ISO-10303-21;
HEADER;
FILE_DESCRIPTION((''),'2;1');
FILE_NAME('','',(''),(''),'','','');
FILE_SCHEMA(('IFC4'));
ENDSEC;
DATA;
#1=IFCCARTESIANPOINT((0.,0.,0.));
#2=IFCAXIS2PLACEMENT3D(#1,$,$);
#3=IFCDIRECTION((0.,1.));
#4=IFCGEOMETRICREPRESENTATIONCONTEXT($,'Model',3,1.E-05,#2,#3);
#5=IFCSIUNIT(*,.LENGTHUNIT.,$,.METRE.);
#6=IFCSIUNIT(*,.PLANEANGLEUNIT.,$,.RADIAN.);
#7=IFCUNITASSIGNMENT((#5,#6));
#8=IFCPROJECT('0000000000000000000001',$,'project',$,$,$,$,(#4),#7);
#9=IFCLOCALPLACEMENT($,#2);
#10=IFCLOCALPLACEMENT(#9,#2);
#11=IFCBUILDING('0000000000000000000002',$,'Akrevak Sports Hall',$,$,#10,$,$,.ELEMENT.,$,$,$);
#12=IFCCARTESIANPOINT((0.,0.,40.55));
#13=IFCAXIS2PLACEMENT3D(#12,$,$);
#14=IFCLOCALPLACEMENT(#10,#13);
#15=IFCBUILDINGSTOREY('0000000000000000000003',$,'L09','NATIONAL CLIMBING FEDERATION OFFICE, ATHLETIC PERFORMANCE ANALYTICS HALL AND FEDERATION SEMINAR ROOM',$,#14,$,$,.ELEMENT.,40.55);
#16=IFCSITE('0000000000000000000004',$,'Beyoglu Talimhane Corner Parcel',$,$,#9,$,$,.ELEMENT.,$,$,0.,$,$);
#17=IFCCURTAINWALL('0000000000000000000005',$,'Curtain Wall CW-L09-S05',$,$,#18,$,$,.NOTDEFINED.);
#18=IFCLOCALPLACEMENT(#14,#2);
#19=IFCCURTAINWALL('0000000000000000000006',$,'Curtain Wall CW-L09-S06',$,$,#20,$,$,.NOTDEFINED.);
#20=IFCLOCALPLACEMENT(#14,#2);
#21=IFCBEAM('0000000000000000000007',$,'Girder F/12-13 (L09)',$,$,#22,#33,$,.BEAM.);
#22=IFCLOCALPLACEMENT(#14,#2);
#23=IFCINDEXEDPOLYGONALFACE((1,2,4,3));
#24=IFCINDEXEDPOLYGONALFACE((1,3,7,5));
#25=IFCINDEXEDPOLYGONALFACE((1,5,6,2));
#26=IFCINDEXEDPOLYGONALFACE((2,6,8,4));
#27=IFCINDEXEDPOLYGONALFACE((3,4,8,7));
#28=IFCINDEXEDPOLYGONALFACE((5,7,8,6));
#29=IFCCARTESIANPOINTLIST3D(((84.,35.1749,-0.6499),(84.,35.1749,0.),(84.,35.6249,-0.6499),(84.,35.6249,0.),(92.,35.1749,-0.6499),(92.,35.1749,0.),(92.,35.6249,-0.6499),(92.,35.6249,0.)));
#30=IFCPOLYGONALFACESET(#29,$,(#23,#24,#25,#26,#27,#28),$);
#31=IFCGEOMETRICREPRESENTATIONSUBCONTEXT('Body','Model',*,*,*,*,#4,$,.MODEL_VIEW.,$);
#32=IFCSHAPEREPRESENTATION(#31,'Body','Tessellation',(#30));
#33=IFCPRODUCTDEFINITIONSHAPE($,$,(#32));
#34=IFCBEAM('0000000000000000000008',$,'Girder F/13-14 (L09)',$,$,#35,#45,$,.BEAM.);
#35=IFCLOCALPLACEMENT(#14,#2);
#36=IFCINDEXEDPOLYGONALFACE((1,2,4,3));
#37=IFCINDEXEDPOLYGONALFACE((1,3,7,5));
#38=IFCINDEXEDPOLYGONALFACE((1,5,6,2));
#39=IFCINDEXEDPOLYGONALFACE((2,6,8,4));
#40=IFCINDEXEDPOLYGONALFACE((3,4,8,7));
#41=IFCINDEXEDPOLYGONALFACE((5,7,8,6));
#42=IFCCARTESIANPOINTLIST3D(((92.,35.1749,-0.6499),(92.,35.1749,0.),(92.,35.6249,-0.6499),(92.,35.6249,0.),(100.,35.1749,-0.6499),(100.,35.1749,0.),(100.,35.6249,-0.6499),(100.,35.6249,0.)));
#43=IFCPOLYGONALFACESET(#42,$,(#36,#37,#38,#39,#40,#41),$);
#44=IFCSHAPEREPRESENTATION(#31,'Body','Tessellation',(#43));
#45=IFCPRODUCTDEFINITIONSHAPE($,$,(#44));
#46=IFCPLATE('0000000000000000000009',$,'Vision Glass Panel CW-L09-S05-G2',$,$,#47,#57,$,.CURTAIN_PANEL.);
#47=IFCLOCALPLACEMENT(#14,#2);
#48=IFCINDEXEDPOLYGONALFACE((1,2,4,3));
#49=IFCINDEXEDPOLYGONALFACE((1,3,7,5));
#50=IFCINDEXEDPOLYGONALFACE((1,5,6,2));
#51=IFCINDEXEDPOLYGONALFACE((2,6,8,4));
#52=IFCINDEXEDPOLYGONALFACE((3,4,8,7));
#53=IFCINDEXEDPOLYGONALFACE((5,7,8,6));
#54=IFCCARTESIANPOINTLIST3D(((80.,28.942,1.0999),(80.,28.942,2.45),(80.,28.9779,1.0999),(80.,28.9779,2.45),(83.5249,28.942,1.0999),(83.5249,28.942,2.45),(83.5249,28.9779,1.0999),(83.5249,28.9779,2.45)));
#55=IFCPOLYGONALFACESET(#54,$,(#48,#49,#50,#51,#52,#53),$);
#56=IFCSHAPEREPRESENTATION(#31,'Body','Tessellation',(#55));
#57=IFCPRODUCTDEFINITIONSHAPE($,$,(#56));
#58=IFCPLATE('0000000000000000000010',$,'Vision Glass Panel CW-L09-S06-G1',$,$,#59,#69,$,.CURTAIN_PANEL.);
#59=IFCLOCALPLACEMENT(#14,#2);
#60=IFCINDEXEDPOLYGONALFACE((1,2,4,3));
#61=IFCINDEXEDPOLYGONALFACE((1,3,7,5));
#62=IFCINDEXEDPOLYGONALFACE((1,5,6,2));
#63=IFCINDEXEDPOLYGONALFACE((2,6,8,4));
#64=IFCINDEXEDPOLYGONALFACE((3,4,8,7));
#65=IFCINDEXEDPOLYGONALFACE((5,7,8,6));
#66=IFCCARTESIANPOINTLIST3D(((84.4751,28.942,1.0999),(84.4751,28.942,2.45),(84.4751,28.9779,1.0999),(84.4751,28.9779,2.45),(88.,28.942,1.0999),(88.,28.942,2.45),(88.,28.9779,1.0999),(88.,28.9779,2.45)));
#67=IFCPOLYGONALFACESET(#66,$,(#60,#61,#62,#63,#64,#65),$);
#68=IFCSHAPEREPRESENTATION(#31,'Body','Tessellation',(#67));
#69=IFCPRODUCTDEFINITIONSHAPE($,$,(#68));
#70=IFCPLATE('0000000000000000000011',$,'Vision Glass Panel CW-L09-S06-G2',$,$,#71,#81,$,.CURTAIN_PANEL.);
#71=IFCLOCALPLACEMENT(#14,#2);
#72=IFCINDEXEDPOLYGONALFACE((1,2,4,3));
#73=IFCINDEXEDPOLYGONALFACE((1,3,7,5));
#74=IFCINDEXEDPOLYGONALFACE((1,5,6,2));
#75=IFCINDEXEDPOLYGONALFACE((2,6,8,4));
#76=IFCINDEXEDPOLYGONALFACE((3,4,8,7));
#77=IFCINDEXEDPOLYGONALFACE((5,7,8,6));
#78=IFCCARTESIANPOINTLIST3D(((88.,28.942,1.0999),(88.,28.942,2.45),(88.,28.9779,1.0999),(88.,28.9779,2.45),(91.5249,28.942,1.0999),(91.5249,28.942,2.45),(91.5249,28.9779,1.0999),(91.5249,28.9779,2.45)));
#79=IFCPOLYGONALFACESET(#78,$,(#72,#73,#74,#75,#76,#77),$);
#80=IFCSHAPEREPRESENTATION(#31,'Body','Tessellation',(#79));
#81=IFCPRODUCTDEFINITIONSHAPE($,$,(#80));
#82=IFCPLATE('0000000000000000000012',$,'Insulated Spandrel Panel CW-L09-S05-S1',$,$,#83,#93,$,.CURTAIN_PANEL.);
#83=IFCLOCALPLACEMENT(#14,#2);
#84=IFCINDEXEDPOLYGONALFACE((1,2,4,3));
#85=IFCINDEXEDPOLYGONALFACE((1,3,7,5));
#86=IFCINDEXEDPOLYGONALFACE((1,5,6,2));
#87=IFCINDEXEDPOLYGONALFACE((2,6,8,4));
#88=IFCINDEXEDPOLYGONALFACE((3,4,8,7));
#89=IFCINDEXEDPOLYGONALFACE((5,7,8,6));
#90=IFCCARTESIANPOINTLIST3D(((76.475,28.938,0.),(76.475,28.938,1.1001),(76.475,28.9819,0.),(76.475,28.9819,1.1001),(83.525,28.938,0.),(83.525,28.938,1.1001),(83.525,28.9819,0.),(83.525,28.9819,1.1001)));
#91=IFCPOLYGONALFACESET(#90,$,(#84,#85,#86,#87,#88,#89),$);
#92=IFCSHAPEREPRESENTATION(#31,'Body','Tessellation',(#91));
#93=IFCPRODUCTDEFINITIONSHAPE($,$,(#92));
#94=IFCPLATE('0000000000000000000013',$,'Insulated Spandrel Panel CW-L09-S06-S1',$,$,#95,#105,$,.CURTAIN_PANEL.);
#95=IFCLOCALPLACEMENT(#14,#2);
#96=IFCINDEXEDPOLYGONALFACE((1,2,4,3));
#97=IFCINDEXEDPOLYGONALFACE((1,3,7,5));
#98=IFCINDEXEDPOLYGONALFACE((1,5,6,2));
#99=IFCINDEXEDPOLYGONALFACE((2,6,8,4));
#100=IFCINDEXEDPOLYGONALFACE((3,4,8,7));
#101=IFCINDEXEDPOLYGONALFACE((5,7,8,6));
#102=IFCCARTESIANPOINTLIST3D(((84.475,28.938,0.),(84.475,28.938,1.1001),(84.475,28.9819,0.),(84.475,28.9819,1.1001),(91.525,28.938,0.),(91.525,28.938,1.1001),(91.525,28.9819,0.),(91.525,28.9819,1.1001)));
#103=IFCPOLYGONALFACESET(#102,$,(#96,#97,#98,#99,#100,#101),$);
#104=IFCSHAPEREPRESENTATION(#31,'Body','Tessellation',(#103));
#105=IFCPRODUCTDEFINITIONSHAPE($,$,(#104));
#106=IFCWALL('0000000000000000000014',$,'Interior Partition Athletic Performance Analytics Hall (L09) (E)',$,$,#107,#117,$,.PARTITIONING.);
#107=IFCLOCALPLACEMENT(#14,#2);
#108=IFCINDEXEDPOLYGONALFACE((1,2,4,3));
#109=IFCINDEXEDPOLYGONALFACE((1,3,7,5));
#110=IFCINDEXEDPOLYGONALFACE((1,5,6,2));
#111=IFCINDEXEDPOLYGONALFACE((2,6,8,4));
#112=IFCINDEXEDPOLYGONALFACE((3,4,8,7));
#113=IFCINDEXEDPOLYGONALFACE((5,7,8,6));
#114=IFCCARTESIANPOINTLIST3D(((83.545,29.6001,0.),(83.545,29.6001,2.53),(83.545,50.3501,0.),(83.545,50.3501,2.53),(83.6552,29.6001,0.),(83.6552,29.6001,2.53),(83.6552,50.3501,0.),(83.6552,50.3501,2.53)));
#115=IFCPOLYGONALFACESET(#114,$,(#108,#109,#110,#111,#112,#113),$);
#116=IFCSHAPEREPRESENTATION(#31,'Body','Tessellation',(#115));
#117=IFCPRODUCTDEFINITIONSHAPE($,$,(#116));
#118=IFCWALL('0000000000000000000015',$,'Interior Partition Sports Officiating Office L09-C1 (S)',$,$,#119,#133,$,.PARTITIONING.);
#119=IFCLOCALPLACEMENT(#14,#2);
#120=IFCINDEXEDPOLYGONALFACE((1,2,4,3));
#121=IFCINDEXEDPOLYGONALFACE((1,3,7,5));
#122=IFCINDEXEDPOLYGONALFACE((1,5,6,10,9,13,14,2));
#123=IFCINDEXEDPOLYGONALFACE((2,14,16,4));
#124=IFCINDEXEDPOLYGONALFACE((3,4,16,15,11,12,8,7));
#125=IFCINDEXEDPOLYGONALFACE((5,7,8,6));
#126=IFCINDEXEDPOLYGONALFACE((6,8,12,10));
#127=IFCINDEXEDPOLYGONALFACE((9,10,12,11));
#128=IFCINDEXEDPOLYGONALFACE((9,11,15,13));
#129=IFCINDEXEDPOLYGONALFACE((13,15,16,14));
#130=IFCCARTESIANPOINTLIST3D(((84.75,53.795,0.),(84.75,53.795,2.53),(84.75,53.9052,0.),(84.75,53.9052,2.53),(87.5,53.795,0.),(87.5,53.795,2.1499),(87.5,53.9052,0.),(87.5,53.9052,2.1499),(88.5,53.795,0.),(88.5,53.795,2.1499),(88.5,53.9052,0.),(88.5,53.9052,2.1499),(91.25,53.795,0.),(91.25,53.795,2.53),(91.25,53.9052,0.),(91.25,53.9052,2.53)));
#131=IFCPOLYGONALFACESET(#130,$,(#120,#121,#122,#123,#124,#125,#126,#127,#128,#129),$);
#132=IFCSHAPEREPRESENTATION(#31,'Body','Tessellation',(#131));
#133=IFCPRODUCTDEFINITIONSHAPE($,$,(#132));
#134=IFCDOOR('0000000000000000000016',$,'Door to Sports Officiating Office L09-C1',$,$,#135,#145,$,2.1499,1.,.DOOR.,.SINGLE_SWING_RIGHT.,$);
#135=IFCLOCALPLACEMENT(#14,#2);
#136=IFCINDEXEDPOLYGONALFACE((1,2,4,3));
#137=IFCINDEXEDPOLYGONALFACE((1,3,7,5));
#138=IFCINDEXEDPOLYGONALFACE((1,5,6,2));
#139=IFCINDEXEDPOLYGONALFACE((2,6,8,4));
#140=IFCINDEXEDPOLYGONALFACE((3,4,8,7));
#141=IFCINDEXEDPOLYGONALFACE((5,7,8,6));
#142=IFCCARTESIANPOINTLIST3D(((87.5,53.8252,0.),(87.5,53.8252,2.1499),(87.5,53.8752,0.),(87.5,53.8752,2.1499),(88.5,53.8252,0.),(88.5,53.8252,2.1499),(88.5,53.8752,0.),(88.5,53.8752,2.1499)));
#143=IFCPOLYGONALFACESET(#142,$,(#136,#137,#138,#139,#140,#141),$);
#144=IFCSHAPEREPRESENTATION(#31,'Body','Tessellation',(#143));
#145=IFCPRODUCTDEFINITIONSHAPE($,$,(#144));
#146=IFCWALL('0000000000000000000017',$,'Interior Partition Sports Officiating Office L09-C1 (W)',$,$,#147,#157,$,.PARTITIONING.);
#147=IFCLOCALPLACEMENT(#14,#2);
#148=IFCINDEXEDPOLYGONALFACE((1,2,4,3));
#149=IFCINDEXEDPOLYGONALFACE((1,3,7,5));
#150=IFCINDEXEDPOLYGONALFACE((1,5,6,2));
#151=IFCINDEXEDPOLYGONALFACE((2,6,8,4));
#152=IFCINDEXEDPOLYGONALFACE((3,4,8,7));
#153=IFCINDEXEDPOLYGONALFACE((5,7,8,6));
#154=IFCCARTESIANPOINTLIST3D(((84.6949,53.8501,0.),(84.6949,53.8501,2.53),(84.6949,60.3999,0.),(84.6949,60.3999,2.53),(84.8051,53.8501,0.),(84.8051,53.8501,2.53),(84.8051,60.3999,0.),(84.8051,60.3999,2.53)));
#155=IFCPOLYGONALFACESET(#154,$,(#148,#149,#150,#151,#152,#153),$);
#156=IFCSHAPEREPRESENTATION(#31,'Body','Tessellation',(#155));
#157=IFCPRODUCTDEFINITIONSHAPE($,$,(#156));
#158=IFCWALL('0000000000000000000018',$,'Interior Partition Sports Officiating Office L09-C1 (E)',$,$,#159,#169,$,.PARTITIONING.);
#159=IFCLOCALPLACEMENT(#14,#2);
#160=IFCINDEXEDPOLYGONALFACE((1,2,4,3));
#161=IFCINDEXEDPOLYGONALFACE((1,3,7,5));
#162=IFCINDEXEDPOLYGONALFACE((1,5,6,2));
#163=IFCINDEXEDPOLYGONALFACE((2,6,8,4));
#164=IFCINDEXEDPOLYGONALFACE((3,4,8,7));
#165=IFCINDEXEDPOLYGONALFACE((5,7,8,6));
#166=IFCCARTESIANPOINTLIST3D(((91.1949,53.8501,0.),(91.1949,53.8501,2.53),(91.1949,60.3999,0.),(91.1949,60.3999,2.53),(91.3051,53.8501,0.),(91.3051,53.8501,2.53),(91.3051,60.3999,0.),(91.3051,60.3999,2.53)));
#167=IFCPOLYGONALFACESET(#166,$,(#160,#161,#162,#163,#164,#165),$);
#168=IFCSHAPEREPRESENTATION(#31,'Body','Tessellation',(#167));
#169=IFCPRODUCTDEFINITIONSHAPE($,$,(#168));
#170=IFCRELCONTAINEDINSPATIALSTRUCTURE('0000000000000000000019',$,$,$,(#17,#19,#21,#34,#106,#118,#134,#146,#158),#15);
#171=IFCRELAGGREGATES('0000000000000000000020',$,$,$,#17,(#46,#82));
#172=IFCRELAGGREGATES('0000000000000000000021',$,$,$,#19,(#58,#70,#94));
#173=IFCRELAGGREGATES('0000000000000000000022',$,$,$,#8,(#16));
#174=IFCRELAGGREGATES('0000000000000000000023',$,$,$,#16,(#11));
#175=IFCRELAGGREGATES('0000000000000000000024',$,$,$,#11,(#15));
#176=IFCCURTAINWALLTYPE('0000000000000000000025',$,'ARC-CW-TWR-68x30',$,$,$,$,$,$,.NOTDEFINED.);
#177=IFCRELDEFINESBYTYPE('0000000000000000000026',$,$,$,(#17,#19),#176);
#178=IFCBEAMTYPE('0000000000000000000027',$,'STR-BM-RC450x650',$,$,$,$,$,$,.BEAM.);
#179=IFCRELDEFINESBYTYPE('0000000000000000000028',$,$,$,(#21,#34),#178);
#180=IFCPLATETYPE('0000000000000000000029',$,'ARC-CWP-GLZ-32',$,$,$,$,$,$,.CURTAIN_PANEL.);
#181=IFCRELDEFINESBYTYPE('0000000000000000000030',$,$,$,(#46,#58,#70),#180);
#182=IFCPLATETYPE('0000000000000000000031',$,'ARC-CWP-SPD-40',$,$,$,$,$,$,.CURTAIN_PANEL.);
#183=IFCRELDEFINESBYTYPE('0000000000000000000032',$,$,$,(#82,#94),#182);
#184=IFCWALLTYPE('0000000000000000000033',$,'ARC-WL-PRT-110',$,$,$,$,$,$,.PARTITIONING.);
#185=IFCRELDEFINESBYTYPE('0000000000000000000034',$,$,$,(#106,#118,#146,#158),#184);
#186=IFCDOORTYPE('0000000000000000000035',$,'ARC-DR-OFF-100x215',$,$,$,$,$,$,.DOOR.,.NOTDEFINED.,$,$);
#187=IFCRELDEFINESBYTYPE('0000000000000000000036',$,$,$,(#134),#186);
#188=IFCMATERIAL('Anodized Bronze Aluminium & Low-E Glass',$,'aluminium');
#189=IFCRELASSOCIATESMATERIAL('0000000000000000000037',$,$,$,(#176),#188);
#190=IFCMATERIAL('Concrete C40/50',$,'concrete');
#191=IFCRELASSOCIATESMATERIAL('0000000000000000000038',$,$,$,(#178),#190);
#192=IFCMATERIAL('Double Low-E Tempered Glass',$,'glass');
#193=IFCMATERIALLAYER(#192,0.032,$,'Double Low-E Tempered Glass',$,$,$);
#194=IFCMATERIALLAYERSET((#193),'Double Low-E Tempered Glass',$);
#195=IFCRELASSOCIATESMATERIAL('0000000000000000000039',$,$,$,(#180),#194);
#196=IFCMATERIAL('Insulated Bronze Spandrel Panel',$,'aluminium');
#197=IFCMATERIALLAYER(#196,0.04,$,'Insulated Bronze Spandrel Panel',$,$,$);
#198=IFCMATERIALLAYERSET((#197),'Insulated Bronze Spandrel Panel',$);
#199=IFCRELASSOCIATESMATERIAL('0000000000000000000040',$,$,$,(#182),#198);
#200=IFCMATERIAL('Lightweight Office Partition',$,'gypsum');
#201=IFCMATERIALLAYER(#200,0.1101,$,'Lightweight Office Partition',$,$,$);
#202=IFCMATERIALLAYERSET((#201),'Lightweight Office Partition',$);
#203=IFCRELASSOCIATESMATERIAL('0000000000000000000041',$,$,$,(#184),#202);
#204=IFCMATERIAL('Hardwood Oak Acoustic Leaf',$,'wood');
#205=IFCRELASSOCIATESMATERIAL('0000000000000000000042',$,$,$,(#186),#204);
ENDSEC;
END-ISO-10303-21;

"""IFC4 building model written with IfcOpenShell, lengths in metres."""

from ifc_helpers import new_model, si_unit, direction, frame, frame_2d, origin, origin_2d, place, context, subcontext, project, spatial, rectangle, extrude, material, layer, layer_set, material_profile, profile_set, type_object, element, fill, aggregate, save


model = new_model("IFC4")

# Units and contexts
model_context = context("Model", 3, precision=1e-05, world=origin(), true_north=direction((0.0, 1.0)))
body_context = subcontext(model_context, "Body", "Model", "MODEL_VIEW")
ifc_project = project(units=[si_unit("LENGTHUNIT", "METRE"), si_unit("PLANEANGLEUNIT", "RADIAN")], contexts=[model_context])

# Site, building, storey
site_placement = place(None, origin())
site = spatial("IfcSite", under=ifc_project, at=site_placement, Name="Beyoglu Talimhane Corner Parcel", CompositionType="ELEMENT", RefElevation=0.0)
building_placement = place(site_placement, origin())
building = spatial("IfcBuilding", under=site, at=building_placement, Name="Akrevak Sports Hall", CompositionType="ELEMENT")
storey_placement = place(building_placement, frame((0.0, 0.0, 40.55)))
storey = spatial("IfcBuildingStorey", under=building, at=storey_placement, Name="L09", Description="NATIONAL CLIMBING FEDERATION OFFICE, ATHLETIC PERFORMANCE ANALYTICS HALL AND FEDERATION SEMINAR ROOM", CompositionType="ELEMENT", Elevation=40.55)

# Shared definitions
ifc_material_1 = material(Name="Concrete C40/50", Category="concrete")

# Curtain walls
ifc_material_2 = material(Name="Anodized Bronze Aluminium & Low-E Glass", Category="aluminium")
curtain_wall_type = type_object("IfcCurtainWallType", Name="ARC-CW-TWR-68x30", PredefinedType="NOTDEFINED", material=ifc_material_2)
curtain_wall_1_placement = place(storey_placement, origin())
curtain_wall_1 = element("IfcCurtainWall", 1, at=curtain_wall_1_placement, inside=storey, type_object=curtain_wall_type, Name="Curtain Wall CW-L09-S05", PredefinedType="NOTDEFINED")
curtain_wall_2_placement = place(storey_placement, origin())
curtain_wall_2 = element("IfcCurtainWall", 2, at=curtain_wall_2_placement, inside=storey, type_object=curtain_wall_type, Name="Curtain Wall CW-L09-S06", PredefinedType="NOTDEFINED")

# Beams
ifc_material_profile_1 = material_profile(ifc_material_1, rectangle(XDim=0.45, YDim=0.6499, at=origin_2d()), Name="BM 450x650", Category="concrete")
ifc_profile_set_1 = profile_set([ifc_material_profile_1], Name="Concrete C40/50")
beam_type = type_object("IfcBeamType", Name="STR-BM-RC450x650", PredefinedType="BEAM", material=ifc_profile_set_1)
for number, where, z_axis, x_axis, name in (
    (3, (84.0, 35.3999, -0.325), (1.0, 0.0, 0.0), (0.0, 1.0, 0.0), "Girder F/12-13 (L09)"),
    (4, (92.0, 35.3999, -0.325), (1.0, 0.0, 0.0), (0.0, 1.0, 0.0), "Girder F/13-14 (L09)"),
):
    element("IfcBeam", number, at=place(storey_placement, frame(where, z_axis=z_axis, x_axis=x_axis)), inside=storey, type_object=beam_type, Name=name, PredefinedType="BEAM", context=body_context, shape_type="SweptSolid", body=[
        extrude(rectangle(XDim=0.45, YDim=0.6499, at=origin_2d()), origin(), (0.0, 0.0, 1.0), 8.0),
    ])

# Plates
ifc_material_3 = material(Name="Double Low-E Tempered Glass", Category="glass")
ifc_layer_1 = layer(ifc_material_3, 0.032, Name="Double Low-E Tempered Glass")
ifc_layer_set_1 = layer_set([ifc_layer_1], Name="Double Low-E Tempered Glass")
plate_type_1 = type_object("IfcPlateType", Name="ARC-CWP-GLZ-32", PredefinedType="CURTAIN_PANEL", material=ifc_layer_set_1)
plate_1_placement = place(storey_placement, frame((81.7625, 28.96, 1.0999), z_axis=(0.0, 0.0, 1.0), x_axis=(1.0, 0.0, 0.0)))
plate_1 = element("IfcPlate", 5, at=plate_1_placement, type_object=plate_type_1, Name="Vision Glass Panel CW-L09-S05-G2", PredefinedType="CURTAIN_PANEL", context=body_context, shape_type="SweptSolid", body=[
    extrude(rectangle(XDim=3.5249, YDim=0.0359, at=origin_2d()), origin(), (0.0, 0.0, 1.0), 1.3501),
])
plate_2_placement = place(storey_placement, frame((86.2375, 28.96, 1.0999), z_axis=(0.0, 0.0, 1.0), x_axis=(1.0, 0.0, 0.0)))
plate_2 = element("IfcPlate", 6, at=plate_2_placement, type_object=plate_type_1, Name="Vision Glass Panel CW-L09-S06-G1", PredefinedType="CURTAIN_PANEL", context=body_context, shape_type="SweptSolid", body=[
    extrude(rectangle(XDim=3.5249, YDim=0.0359, at=origin_2d()), origin(), (0.0, 0.0, 1.0), 1.3501),
])
plate_3_placement = place(storey_placement, frame((89.7625, 28.96, 1.0999), z_axis=(0.0, 0.0, 1.0), x_axis=(1.0, 0.0, 0.0)))
plate_3 = element("IfcPlate", 7, at=plate_3_placement, type_object=plate_type_1, Name="Vision Glass Panel CW-L09-S06-G2", PredefinedType="CURTAIN_PANEL", context=body_context, shape_type="SweptSolid", body=[
    extrude(rectangle(XDim=3.5249, YDim=0.0359, at=origin_2d()), origin(), (0.0, 0.0, 1.0), 1.3501),
])
ifc_material_4 = material(Name="Insulated Bronze Spandrel Panel", Category="aluminium")
ifc_layer_2 = layer(ifc_material_4, 0.04, Name="Insulated Bronze Spandrel Panel")
ifc_layer_set_2 = layer_set([ifc_layer_2], Name="Insulated Bronze Spandrel Panel")
plate_type_2 = type_object("IfcPlateType", Name="ARC-CWP-SPD-40", PredefinedType="CURTAIN_PANEL", material=ifc_layer_set_2)
plate_4_placement = place(storey_placement, frame((80.0, 28.96, 0.0), z_axis=(0.0, 0.0, 1.0), x_axis=(1.0, 0.0, 0.0)))
plate_4 = element("IfcPlate", 8, at=plate_4_placement, type_object=plate_type_2, Name="Insulated Spandrel Panel CW-L09-S05-S1", PredefinedType="CURTAIN_PANEL", context=body_context, shape_type="SweptSolid", body=[
    extrude(rectangle(XDim=7.05, YDim=0.0439, at=origin_2d()), origin(), (0.0, 0.0, 1.0), 1.1001),
])
aggregate(curtain_wall_1, [plate_1, plate_4])
plate_5_placement = place(storey_placement, frame((88.0, 28.96, 0.0), z_axis=(0.0, 0.0, 1.0), x_axis=(1.0, 0.0, 0.0)))
plate_5 = element("IfcPlate", 9, at=plate_5_placement, type_object=plate_type_2, Name="Insulated Spandrel Panel CW-L09-S06-S1", PredefinedType="CURTAIN_PANEL", context=body_context, shape_type="SweptSolid", body=[
    extrude(rectangle(XDim=7.05, YDim=0.0439, at=origin_2d()), origin(), (0.0, 0.0, 1.0), 1.1001),
])
aggregate(curtain_wall_2, [plate_2, plate_3, plate_5])

# Wall
ifc_material_5 = material(Name="Lightweight Office Partition", Category="gypsum")
ifc_layer_3 = layer(ifc_material_5, 0.1101, Name="Lightweight Office Partition")
ifc_layer_set_3 = layer_set([ifc_layer_3], Name="Lightweight Office Partition")
wall_type_1 = type_object("IfcWallType", Name="ARC-WL-PRT-110", PredefinedType="PARTITIONING", material=ifc_layer_set_3)
wall_1_placement = place(storey_placement, frame((83.6001, 29.6001, 0.0), z_axis=(0.0, 0.0, 1.0), x_axis=(0.0, 1.0, 0.0)))
element("IfcWall", 10, at=wall_1_placement, inside=storey, type_object=wall_type_1, Name="Interior Partition Athletic Performance Analytics Hall (L09) (E)", PredefinedType="PARTITIONING", context=body_context, shape_type="SweptSolid", body=[
    extrude(rectangle(XDim=20.75, YDim=0.1101, at=frame_2d((10.375, 0.0))), origin(), (0.0, 0.0, 1.0), 2.53),
])

# Wall, opening, door
wall_2_placement = place(storey_placement, frame((84.75, 53.8501, 0.0), z_axis=(0.0, 0.0, 1.0), x_axis=(1.0, 0.0, 0.0)))
wall_2 = element("IfcWall", 11, at=wall_2_placement, inside=storey, type_object=wall_type_1, Name="Interior Partition Sports Officiating Office L09-C1 (S)", PredefinedType="PARTITIONING", context=body_context, shape_type="SweptSolid", body=[
    extrude(rectangle(XDim=6.5, YDim=0.1101, at=frame_2d((3.25, 0.0))), origin(), (0.0, 0.0, 1.0), 2.53),
])
opening_1_placement = place(wall_2_placement, frame((2.75, 0.0, 0.0)))
opening_1 = element("IfcOpeningElement", 12, at=opening_1_placement, cuts=wall_2, PredefinedType="OPENING", context=body_context, shape_type="SweptSolid", body=[
    extrude(rectangle(XDim=1.0, YDim=2.1499, at=frame_2d((0.5, 1.075))), frame((0.0, 0.0669, 0.0), z_axis=(0.0, -1.0, 0.0), x_axis=(1.0, 0.0, 0.0)), (0.0, 0.0, 1.0), 0.134),
])
ifc_material_6 = material(Name="Hardwood Oak Acoustic Leaf", Category="wood")
door_type_1 = type_object("IfcDoorType", Name="ARC-DR-OFF-100x215", OperationType="NOTDEFINED", PredefinedType="DOOR", material=ifc_material_6)
door_1_placement = place(opening_1_placement, frame((1.0, 0.0, 0.0), z_axis=(0.0, 0.0, 1.0), x_axis=(-1.0, 0.0, 0.0)))
door_1 = element("IfcDoor", 13, at=door_1_placement, inside=storey, type_object=door_type_1, Name="Door to Sports Officiating Office L09-C1", OperationType="SINGLE_SWING_RIGHT", OverallHeight=2.1499, OverallWidth=1.0, PredefinedType="DOOR", context=body_context, shape_type="SweptSolid", body=[
    extrude(rectangle(XDim=1.0, YDim=2.1499, at=frame_2d((0.5, 1.075))), frame((0.0, 0.0249, 0.0), z_axis=(0.0, -1.0, 0.0), x_axis=(1.0, 0.0, 0.0)), (0.0, 0.0, 1.0), 0.05),
])
fill(opening_1, door_1)

# Walls
for number, where, z_axis, x_axis, name in (
    (14, (84.75, 53.8501, 0.0), (0.0, 0.0, 1.0), (0.0, 1.0, 0.0), "Interior Partition Sports Officiating Office L09-C1 (W)"),
    (15, (91.25, 53.8501, 0.0), (0.0, 0.0, 1.0), (0.0, 1.0, 0.0), "Interior Partition Sports Officiating Office L09-C1 (E)"),
):
    element("IfcWall", number, at=place(storey_placement, frame(where, z_axis=z_axis, x_axis=x_axis)), inside=storey, type_object=wall_type_1, Name=name, PredefinedType="PARTITIONING", context=body_context, shape_type="SweptSolid", body=[
        extrude(rectangle(XDim=6.5498, YDim=0.1101, at=frame_2d((3.2749, 0.0))), origin(), (0.0, 0.0, 1.0), 2.53),
    ])

save(model, "model.ifc")
